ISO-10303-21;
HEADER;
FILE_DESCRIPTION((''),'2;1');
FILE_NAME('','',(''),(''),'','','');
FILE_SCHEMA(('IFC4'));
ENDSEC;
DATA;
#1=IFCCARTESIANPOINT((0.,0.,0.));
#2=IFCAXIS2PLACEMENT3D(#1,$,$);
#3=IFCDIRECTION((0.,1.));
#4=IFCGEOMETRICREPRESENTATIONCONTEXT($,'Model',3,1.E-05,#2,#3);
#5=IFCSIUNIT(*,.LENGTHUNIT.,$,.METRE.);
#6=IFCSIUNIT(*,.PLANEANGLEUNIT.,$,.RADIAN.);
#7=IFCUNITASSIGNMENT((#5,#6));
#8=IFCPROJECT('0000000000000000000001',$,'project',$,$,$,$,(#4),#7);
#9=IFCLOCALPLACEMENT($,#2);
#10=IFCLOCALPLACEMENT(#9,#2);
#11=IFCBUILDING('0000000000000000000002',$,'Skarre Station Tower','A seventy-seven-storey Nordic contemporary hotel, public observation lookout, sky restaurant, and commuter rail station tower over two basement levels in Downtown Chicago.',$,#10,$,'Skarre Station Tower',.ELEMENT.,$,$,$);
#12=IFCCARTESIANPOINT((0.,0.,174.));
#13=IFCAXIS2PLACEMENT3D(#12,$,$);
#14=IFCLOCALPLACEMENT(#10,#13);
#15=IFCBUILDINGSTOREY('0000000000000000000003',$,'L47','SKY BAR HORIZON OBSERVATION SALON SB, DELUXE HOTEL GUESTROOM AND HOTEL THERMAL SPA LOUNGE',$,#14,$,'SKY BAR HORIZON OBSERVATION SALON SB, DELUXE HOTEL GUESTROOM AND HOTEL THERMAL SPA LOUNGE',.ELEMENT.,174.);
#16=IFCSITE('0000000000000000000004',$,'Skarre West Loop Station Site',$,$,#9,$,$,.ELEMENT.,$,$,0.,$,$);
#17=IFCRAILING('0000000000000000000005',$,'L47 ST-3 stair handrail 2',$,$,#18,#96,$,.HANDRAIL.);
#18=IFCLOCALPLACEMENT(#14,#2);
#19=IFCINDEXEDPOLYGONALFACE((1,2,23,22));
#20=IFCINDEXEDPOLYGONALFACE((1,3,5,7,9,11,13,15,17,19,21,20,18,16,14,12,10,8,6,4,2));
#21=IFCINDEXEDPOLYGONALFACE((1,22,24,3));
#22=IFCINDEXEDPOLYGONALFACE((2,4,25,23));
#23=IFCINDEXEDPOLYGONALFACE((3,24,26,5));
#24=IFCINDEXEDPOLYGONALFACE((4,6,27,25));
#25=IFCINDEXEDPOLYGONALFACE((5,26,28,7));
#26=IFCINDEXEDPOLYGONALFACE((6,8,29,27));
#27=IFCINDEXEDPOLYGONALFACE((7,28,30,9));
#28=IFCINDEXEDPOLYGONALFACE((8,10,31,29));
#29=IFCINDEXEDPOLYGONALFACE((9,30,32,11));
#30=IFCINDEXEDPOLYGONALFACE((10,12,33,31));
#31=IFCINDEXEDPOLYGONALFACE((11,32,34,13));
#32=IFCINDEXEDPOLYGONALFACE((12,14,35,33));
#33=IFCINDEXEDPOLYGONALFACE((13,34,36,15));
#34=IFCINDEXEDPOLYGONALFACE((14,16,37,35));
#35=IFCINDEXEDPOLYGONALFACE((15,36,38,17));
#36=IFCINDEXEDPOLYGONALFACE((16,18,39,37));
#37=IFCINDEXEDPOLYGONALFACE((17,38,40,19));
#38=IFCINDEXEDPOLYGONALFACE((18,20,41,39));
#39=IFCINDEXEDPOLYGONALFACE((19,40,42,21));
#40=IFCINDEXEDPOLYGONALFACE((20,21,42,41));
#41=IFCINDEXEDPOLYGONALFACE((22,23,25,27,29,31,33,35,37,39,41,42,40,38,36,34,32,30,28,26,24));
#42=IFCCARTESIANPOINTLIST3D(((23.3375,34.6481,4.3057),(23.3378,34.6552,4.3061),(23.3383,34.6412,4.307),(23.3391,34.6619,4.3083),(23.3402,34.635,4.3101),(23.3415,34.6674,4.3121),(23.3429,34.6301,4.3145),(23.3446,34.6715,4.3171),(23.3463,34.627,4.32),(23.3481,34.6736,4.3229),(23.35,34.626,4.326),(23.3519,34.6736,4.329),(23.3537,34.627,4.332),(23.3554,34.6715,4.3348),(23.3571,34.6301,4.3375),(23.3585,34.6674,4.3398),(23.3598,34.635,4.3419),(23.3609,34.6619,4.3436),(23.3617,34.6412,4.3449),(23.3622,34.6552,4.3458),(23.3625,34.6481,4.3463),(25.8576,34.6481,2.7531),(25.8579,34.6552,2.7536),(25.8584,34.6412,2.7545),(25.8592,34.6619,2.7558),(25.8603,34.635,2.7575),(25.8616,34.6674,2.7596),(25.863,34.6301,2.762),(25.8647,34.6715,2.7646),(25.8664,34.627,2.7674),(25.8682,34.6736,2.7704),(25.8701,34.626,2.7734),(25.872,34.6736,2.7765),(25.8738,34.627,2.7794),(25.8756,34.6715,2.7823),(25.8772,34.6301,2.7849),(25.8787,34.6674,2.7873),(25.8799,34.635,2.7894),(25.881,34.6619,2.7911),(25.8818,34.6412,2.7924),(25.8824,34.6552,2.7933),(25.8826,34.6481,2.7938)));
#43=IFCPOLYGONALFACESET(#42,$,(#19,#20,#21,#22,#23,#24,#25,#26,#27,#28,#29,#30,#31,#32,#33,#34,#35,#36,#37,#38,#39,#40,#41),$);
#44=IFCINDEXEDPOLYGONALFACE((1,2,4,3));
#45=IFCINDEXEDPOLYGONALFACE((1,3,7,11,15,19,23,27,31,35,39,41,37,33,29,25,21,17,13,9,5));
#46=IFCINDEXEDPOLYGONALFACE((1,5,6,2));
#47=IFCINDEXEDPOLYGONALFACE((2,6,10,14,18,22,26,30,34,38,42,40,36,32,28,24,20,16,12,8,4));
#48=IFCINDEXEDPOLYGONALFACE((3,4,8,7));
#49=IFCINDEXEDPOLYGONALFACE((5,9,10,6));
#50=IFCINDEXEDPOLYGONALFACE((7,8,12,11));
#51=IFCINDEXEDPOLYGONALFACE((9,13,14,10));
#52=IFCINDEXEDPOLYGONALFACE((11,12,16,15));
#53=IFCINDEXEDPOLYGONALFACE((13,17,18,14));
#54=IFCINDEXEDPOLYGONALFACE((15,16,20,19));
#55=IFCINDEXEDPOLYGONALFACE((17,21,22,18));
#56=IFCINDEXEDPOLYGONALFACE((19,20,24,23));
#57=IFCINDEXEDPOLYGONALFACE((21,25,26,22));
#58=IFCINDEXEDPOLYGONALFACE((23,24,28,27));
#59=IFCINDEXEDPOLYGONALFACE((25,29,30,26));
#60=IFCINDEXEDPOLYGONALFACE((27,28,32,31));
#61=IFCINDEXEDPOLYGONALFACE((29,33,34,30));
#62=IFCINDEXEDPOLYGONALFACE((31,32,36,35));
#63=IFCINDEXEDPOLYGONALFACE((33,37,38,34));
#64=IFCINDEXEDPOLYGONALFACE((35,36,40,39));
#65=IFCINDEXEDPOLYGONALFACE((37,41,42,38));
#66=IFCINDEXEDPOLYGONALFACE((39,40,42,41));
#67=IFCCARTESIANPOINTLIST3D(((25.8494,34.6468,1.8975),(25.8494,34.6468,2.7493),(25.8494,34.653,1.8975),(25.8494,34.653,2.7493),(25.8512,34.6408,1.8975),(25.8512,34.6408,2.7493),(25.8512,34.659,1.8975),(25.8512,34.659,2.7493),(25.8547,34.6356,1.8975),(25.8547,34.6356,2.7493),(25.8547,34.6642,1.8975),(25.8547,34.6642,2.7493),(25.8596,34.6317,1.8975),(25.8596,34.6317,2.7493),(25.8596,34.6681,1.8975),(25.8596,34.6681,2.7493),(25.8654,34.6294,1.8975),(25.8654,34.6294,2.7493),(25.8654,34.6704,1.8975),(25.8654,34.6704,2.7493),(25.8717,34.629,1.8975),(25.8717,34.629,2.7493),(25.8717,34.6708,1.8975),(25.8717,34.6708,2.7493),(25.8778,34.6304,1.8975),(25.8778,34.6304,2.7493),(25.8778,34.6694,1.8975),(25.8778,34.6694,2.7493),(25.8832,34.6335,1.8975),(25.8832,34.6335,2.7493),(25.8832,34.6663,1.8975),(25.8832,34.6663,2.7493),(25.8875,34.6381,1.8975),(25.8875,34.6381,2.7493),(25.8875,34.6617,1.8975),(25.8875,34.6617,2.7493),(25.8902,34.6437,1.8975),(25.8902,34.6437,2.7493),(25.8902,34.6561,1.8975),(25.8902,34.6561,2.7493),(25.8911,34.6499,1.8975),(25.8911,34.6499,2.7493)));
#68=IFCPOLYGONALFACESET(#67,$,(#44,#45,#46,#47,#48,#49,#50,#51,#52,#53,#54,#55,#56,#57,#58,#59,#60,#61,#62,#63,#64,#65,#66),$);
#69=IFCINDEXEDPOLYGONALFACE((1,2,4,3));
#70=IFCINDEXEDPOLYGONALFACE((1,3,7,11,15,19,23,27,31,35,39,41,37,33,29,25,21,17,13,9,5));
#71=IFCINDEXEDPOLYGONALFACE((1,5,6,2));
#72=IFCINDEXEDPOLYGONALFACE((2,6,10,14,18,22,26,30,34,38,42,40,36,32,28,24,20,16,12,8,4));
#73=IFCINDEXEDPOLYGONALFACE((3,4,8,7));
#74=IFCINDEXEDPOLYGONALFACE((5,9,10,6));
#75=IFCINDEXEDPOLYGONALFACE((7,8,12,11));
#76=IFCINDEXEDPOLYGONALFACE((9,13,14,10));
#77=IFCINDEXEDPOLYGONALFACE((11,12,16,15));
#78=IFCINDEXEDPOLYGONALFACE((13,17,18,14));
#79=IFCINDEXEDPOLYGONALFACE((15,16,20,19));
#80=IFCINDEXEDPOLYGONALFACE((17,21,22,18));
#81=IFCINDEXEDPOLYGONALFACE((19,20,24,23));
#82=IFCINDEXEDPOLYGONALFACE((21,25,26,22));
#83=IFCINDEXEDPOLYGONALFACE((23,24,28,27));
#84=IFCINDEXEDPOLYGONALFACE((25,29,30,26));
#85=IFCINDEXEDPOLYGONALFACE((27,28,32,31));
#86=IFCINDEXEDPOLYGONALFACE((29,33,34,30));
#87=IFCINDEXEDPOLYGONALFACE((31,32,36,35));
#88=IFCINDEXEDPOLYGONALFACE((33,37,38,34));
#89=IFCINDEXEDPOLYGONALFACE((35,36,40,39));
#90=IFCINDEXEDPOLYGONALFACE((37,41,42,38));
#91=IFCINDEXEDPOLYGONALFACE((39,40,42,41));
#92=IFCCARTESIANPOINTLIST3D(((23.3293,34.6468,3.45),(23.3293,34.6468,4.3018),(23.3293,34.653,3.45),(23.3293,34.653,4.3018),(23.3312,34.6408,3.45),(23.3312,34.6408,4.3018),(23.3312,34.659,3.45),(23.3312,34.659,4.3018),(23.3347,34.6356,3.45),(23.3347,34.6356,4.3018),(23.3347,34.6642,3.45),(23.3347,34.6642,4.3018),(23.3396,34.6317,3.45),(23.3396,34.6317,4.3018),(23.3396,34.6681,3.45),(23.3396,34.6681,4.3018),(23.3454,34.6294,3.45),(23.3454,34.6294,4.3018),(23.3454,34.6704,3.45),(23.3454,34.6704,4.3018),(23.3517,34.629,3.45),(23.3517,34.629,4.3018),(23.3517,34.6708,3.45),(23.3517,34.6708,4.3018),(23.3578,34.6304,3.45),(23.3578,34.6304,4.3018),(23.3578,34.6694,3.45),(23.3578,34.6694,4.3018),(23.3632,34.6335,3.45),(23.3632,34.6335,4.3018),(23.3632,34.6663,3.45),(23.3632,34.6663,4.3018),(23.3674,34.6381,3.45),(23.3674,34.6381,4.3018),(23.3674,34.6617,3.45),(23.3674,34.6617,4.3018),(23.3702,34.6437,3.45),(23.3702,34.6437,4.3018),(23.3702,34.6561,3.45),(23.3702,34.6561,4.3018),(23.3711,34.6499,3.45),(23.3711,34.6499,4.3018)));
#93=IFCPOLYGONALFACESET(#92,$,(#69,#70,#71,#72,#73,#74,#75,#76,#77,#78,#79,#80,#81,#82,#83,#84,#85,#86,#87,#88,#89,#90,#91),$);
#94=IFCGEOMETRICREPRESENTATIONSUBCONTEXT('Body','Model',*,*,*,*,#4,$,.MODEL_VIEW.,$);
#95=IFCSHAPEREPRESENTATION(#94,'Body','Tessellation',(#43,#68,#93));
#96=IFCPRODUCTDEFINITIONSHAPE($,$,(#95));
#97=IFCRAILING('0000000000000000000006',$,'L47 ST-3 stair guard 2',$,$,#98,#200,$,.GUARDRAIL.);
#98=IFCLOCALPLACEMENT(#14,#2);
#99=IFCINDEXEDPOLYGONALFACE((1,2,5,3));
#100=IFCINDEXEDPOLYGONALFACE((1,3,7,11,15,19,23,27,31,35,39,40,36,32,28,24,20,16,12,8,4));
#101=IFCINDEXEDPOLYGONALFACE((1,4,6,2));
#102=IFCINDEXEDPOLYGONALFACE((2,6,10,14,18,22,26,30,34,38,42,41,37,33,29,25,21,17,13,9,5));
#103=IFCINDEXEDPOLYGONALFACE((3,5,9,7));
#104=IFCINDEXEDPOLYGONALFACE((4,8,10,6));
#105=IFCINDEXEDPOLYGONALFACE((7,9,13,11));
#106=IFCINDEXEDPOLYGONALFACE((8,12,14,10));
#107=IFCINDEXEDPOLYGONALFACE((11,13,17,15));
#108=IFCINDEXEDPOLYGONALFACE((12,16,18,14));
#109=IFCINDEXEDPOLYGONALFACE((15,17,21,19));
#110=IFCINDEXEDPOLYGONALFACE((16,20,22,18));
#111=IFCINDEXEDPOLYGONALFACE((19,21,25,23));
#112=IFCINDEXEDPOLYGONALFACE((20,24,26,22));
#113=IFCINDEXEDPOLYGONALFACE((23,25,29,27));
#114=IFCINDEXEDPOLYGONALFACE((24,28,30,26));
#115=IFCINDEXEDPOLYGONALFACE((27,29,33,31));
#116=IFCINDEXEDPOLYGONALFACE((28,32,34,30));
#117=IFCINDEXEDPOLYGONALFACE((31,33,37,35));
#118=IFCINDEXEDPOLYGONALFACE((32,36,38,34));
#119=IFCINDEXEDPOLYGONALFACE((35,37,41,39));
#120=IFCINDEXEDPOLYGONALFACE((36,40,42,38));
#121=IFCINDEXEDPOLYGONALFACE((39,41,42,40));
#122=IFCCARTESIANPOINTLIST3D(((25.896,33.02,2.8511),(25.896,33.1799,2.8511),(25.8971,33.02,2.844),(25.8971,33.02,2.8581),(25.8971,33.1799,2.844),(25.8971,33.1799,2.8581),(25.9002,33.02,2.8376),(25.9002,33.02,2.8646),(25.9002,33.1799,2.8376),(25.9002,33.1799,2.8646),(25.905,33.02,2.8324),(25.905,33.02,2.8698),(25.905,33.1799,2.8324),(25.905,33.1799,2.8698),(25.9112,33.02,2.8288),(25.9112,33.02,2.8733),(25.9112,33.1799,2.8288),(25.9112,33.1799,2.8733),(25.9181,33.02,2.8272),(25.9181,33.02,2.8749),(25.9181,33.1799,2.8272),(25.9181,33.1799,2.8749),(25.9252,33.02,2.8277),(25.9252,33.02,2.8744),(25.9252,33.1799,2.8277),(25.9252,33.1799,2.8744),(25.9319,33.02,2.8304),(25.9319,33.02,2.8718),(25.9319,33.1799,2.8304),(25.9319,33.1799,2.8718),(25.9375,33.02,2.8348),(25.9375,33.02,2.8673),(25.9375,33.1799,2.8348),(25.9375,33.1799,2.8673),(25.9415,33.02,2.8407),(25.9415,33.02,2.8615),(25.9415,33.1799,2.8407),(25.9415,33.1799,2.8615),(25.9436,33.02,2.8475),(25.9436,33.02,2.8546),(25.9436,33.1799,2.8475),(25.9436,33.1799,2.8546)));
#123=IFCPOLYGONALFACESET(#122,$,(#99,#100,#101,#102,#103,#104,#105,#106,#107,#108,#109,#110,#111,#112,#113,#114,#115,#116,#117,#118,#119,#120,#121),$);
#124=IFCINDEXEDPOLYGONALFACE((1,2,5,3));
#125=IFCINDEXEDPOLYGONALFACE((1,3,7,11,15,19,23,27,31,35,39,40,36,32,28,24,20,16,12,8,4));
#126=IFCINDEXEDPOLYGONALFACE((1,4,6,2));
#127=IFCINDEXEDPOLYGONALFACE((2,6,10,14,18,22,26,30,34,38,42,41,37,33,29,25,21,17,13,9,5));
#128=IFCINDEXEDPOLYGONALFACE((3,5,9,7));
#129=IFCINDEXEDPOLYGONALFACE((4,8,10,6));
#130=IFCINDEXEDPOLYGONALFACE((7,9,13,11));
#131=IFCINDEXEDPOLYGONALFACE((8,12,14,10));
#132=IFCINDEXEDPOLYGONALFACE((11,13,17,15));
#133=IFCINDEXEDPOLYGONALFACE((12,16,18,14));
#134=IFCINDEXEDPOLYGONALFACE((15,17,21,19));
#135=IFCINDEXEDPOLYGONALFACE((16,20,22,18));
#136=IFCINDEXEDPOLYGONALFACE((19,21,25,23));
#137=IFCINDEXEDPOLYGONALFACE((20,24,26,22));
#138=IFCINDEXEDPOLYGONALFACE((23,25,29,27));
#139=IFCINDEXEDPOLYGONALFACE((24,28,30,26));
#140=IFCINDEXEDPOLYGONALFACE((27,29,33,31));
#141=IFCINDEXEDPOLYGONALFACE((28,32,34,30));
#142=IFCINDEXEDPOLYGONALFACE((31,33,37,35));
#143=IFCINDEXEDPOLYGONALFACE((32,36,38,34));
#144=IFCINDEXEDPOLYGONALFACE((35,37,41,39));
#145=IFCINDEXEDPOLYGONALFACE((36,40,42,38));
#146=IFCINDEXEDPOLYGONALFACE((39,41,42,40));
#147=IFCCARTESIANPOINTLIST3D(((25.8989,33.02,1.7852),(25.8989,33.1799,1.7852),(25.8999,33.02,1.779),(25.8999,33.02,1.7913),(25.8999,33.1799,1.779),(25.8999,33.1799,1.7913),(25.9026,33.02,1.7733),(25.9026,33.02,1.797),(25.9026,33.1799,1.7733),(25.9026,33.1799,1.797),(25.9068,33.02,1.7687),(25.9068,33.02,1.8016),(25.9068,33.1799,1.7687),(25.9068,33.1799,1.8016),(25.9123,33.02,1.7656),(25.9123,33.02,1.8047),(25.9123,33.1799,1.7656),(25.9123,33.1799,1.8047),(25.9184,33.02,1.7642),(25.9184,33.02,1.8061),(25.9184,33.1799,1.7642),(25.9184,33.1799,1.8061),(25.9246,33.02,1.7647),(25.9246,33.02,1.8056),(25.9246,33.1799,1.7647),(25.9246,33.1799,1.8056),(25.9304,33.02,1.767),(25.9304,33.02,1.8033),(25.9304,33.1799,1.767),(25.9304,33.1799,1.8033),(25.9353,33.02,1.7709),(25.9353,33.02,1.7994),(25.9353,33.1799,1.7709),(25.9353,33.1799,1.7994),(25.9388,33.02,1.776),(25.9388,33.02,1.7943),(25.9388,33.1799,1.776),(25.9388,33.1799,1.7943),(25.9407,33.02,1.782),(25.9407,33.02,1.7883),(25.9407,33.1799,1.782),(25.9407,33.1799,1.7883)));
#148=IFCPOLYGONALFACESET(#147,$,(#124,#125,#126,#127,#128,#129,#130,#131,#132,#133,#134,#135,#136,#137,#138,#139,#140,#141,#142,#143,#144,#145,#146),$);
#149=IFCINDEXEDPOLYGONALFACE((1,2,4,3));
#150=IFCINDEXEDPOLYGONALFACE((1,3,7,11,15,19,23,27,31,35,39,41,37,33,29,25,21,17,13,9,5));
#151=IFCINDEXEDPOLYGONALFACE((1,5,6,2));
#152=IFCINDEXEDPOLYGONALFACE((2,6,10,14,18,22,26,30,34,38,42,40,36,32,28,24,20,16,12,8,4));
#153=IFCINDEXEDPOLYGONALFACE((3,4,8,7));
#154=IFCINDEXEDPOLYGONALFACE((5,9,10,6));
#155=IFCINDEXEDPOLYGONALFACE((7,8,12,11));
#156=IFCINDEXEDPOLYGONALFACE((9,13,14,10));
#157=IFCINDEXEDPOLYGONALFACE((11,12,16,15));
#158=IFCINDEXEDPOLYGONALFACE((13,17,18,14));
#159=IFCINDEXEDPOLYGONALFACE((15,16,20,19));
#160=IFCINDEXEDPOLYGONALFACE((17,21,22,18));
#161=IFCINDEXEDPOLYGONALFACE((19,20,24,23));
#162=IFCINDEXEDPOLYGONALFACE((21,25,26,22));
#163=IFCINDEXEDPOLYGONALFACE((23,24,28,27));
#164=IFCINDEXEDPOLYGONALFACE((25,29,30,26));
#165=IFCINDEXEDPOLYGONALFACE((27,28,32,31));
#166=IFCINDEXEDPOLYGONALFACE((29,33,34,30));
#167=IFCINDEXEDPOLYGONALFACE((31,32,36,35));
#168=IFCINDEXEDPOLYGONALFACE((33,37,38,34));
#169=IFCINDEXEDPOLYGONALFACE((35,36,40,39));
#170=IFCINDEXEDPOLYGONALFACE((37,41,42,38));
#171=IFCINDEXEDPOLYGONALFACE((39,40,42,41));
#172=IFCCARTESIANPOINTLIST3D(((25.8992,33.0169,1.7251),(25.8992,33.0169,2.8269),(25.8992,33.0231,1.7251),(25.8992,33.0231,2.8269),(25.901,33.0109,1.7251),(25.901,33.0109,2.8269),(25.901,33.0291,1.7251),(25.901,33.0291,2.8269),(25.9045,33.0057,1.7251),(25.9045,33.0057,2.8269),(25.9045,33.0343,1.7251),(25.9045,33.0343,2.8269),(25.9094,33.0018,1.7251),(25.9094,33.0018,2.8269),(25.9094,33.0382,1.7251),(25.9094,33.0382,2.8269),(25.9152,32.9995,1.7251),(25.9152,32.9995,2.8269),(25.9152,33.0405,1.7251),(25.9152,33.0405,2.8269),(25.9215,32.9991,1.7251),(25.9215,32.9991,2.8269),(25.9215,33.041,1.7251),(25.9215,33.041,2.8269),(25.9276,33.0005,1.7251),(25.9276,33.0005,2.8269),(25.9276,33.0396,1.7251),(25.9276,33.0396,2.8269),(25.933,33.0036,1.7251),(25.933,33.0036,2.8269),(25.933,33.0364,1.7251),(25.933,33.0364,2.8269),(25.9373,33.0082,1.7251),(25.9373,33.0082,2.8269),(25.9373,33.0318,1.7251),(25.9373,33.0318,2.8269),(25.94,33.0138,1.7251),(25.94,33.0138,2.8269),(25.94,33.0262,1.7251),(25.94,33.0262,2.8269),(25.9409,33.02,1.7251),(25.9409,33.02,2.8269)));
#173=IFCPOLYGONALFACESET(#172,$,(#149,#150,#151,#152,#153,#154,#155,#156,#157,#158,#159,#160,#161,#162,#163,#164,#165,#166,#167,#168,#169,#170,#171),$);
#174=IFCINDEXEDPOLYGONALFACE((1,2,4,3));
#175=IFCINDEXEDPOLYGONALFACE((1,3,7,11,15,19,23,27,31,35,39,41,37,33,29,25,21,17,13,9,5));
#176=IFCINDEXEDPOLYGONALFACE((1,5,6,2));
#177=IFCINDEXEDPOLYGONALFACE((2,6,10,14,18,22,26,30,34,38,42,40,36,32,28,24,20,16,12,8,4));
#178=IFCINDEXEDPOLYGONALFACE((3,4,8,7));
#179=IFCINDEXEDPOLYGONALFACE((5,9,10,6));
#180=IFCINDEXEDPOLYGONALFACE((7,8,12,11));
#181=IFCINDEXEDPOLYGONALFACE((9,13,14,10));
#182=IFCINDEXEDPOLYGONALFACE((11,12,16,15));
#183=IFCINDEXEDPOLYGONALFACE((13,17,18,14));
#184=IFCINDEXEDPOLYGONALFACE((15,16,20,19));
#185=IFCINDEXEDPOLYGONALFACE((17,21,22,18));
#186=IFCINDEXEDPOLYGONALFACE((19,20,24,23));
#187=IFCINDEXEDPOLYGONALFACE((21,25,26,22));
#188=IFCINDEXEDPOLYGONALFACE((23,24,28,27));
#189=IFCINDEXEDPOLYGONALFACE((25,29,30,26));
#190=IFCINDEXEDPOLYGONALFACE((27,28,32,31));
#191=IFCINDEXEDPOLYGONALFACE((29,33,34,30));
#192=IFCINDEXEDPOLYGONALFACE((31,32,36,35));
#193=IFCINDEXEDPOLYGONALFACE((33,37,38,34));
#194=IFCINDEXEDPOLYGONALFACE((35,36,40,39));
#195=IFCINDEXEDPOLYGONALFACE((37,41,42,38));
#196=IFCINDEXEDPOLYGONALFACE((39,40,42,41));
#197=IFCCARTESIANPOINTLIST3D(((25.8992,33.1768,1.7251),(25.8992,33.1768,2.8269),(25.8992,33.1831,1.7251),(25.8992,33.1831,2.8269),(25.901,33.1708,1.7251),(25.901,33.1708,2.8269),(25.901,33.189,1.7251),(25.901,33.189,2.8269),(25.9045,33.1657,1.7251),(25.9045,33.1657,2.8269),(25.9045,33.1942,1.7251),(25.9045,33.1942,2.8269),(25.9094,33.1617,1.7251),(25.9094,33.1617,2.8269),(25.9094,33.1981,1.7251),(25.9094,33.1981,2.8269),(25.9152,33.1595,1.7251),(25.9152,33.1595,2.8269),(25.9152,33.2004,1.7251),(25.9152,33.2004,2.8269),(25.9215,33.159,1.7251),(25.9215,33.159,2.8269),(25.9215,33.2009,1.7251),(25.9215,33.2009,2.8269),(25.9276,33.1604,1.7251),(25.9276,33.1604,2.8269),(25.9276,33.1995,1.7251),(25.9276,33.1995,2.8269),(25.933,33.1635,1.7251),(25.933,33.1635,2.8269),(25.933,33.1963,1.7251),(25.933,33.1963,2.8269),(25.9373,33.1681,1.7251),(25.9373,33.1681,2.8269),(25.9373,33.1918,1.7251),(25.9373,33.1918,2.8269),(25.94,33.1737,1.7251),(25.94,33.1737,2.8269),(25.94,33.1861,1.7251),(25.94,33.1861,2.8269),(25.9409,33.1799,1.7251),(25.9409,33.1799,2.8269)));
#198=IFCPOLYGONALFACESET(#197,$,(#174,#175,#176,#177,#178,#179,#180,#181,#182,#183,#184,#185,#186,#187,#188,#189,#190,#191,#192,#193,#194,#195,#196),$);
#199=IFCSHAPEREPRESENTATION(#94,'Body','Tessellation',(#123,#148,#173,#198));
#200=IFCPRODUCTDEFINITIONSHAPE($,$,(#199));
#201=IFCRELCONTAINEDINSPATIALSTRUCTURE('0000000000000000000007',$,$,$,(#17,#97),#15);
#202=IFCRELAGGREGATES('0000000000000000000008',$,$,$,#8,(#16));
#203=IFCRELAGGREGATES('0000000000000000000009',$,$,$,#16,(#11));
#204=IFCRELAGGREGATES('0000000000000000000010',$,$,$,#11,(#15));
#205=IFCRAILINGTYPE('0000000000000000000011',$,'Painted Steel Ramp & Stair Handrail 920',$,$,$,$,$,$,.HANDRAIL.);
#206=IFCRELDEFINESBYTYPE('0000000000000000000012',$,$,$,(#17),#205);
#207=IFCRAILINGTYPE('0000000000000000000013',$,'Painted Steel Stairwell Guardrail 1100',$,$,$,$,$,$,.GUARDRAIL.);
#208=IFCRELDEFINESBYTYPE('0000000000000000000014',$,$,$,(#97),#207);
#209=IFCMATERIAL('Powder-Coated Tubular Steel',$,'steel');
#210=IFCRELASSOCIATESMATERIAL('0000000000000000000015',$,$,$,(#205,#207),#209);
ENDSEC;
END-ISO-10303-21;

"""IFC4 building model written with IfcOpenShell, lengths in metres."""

from ifc_helpers import new_model, si_unit, direction, frame, origin, origin_2d, place, context, subcontext, project, spatial, circle, extrude, material, type_object, element, save


model = new_model("IFC4")

# Units and contexts
model_context = context("Model", 3, precision=1e-05, world=origin(), true_north=direction((0.0, 1.0)))
body_context = subcontext(model_context, "Body", "Model", "MODEL_VIEW")
ifc_project = project(units=[si_unit("LENGTHUNIT", "METRE"), si_unit("PLANEANGLEUNIT", "RADIAN")], contexts=[model_context])

# Site, building, storey
site_placement = place(None, origin())
site = spatial("IfcSite", under=ifc_project, at=site_placement, Name="Skarre West Loop Station Site", CompositionType="ELEMENT", RefElevation=0.0)
building_placement = place(site_placement, origin())
building = spatial("IfcBuilding", under=site, at=building_placement, Name="Skarre Station Tower", Description="A seventy-seven-storey Nordic contemporary hotel, public observation lookout, sky restaurant, and commuter rail station tower over two basement levels in Downtown Chicago.", LongName="Skarre Station Tower", CompositionType="ELEMENT")
storey_placement = place(building_placement, frame((0.0, 0.0, 174.0)))
storey = spatial("IfcBuildingStorey", under=building, at=storey_placement, Name="L47", Description="SKY BAR HORIZON OBSERVATION SALON SB, DELUXE HOTEL GUESTROOM AND HOTEL THERMAL SPA LOUNGE", LongName="SKY BAR HORIZON OBSERVATION SALON SB, DELUXE HOTEL GUESTROOM AND HOTEL THERMAL SPA LOUNGE", CompositionType="ELEMENT", Elevation=174.0)

# Railings
ifc_material_1 = material(Name="Powder-Coated Tubular Steel", Category="steel")
railing_type_1 = type_object("IfcRailingType", Name="Painted Steel Ramp & Stair Handrail 920", PredefinedType="HANDRAIL", material=ifc_material_1)
railing_1_placement = place(storey_placement, frame((25.8701, 34.6499, 1.8975)))
element("IfcRailing", 1, at=railing_1_placement, inside=storey, type_object=railing_type_1, Name="L47 ST-3 stair handrail 2", PredefinedType="HANDRAIL", context=body_context, shape_type="SweptSolid", body=[
    extrude(circle(Radius=0.0239, at=origin_2d()), frame((0.0, 0.0, 0.876), z_axis=(-0.8514, 0.0, 0.524516), x_axis=(0.0, -1.0, 0.0)), (0.0, 0.0, 1.0), 2.96),
    extrude(circle(Radius=0.021, at=origin_2d()), origin(), (0.0, 0.0, 1.0), 0.8518),
    extrude(circle(Radius=0.021, at=origin_2d()), frame((-2.52, 0.0, 1.5525)), (0.0, 0.0, 1.0), 0.8518),
])
railing_type_2 = type_object("IfcRailingType", Name="Painted Steel Stairwell Guardrail 1100", PredefinedType="GUARDRAIL", material=ifc_material_1)
railing_2_placement = place(storey_placement, frame((25.9199, 33.02, 1.7251)))
element("IfcRailing", 2, at=railing_2_placement, inside=storey, type_object=railing_type_2, Name="L47 ST-3 stair guard 2", PredefinedType="GUARDRAIL", context=body_context, shape_type="SweptSolid", body=[
    extrude(circle(Radius=0.0239, at=origin_2d()), frame((0.0, 0.0, 1.126), z_axis=(0.0, 1.0, 0.0), x_axis=(-1.0, 0.0, 0.0)), (0.0, 0.0, 1.0), 0.1599),
    extrude(circle(Radius=0.021, at=origin_2d()), frame((0.0, 0.0, 0.0601), z_axis=(0.0, 1.0, 0.0), x_axis=(-1.0, 0.0, 0.0)), (0.0, 0.0, 1.0), 0.1599),
    extrude(circle(Radius=0.021, at=origin_2d()), origin(), (0.0, 0.0, 1.0), 1.1018),
    extrude(circle(Radius=0.021, at=origin_2d()), frame((0.0, 0.1599, 0.0)), (0.0, 0.0, 1.0), 1.1018),
])

save(model, "model.ifc")
